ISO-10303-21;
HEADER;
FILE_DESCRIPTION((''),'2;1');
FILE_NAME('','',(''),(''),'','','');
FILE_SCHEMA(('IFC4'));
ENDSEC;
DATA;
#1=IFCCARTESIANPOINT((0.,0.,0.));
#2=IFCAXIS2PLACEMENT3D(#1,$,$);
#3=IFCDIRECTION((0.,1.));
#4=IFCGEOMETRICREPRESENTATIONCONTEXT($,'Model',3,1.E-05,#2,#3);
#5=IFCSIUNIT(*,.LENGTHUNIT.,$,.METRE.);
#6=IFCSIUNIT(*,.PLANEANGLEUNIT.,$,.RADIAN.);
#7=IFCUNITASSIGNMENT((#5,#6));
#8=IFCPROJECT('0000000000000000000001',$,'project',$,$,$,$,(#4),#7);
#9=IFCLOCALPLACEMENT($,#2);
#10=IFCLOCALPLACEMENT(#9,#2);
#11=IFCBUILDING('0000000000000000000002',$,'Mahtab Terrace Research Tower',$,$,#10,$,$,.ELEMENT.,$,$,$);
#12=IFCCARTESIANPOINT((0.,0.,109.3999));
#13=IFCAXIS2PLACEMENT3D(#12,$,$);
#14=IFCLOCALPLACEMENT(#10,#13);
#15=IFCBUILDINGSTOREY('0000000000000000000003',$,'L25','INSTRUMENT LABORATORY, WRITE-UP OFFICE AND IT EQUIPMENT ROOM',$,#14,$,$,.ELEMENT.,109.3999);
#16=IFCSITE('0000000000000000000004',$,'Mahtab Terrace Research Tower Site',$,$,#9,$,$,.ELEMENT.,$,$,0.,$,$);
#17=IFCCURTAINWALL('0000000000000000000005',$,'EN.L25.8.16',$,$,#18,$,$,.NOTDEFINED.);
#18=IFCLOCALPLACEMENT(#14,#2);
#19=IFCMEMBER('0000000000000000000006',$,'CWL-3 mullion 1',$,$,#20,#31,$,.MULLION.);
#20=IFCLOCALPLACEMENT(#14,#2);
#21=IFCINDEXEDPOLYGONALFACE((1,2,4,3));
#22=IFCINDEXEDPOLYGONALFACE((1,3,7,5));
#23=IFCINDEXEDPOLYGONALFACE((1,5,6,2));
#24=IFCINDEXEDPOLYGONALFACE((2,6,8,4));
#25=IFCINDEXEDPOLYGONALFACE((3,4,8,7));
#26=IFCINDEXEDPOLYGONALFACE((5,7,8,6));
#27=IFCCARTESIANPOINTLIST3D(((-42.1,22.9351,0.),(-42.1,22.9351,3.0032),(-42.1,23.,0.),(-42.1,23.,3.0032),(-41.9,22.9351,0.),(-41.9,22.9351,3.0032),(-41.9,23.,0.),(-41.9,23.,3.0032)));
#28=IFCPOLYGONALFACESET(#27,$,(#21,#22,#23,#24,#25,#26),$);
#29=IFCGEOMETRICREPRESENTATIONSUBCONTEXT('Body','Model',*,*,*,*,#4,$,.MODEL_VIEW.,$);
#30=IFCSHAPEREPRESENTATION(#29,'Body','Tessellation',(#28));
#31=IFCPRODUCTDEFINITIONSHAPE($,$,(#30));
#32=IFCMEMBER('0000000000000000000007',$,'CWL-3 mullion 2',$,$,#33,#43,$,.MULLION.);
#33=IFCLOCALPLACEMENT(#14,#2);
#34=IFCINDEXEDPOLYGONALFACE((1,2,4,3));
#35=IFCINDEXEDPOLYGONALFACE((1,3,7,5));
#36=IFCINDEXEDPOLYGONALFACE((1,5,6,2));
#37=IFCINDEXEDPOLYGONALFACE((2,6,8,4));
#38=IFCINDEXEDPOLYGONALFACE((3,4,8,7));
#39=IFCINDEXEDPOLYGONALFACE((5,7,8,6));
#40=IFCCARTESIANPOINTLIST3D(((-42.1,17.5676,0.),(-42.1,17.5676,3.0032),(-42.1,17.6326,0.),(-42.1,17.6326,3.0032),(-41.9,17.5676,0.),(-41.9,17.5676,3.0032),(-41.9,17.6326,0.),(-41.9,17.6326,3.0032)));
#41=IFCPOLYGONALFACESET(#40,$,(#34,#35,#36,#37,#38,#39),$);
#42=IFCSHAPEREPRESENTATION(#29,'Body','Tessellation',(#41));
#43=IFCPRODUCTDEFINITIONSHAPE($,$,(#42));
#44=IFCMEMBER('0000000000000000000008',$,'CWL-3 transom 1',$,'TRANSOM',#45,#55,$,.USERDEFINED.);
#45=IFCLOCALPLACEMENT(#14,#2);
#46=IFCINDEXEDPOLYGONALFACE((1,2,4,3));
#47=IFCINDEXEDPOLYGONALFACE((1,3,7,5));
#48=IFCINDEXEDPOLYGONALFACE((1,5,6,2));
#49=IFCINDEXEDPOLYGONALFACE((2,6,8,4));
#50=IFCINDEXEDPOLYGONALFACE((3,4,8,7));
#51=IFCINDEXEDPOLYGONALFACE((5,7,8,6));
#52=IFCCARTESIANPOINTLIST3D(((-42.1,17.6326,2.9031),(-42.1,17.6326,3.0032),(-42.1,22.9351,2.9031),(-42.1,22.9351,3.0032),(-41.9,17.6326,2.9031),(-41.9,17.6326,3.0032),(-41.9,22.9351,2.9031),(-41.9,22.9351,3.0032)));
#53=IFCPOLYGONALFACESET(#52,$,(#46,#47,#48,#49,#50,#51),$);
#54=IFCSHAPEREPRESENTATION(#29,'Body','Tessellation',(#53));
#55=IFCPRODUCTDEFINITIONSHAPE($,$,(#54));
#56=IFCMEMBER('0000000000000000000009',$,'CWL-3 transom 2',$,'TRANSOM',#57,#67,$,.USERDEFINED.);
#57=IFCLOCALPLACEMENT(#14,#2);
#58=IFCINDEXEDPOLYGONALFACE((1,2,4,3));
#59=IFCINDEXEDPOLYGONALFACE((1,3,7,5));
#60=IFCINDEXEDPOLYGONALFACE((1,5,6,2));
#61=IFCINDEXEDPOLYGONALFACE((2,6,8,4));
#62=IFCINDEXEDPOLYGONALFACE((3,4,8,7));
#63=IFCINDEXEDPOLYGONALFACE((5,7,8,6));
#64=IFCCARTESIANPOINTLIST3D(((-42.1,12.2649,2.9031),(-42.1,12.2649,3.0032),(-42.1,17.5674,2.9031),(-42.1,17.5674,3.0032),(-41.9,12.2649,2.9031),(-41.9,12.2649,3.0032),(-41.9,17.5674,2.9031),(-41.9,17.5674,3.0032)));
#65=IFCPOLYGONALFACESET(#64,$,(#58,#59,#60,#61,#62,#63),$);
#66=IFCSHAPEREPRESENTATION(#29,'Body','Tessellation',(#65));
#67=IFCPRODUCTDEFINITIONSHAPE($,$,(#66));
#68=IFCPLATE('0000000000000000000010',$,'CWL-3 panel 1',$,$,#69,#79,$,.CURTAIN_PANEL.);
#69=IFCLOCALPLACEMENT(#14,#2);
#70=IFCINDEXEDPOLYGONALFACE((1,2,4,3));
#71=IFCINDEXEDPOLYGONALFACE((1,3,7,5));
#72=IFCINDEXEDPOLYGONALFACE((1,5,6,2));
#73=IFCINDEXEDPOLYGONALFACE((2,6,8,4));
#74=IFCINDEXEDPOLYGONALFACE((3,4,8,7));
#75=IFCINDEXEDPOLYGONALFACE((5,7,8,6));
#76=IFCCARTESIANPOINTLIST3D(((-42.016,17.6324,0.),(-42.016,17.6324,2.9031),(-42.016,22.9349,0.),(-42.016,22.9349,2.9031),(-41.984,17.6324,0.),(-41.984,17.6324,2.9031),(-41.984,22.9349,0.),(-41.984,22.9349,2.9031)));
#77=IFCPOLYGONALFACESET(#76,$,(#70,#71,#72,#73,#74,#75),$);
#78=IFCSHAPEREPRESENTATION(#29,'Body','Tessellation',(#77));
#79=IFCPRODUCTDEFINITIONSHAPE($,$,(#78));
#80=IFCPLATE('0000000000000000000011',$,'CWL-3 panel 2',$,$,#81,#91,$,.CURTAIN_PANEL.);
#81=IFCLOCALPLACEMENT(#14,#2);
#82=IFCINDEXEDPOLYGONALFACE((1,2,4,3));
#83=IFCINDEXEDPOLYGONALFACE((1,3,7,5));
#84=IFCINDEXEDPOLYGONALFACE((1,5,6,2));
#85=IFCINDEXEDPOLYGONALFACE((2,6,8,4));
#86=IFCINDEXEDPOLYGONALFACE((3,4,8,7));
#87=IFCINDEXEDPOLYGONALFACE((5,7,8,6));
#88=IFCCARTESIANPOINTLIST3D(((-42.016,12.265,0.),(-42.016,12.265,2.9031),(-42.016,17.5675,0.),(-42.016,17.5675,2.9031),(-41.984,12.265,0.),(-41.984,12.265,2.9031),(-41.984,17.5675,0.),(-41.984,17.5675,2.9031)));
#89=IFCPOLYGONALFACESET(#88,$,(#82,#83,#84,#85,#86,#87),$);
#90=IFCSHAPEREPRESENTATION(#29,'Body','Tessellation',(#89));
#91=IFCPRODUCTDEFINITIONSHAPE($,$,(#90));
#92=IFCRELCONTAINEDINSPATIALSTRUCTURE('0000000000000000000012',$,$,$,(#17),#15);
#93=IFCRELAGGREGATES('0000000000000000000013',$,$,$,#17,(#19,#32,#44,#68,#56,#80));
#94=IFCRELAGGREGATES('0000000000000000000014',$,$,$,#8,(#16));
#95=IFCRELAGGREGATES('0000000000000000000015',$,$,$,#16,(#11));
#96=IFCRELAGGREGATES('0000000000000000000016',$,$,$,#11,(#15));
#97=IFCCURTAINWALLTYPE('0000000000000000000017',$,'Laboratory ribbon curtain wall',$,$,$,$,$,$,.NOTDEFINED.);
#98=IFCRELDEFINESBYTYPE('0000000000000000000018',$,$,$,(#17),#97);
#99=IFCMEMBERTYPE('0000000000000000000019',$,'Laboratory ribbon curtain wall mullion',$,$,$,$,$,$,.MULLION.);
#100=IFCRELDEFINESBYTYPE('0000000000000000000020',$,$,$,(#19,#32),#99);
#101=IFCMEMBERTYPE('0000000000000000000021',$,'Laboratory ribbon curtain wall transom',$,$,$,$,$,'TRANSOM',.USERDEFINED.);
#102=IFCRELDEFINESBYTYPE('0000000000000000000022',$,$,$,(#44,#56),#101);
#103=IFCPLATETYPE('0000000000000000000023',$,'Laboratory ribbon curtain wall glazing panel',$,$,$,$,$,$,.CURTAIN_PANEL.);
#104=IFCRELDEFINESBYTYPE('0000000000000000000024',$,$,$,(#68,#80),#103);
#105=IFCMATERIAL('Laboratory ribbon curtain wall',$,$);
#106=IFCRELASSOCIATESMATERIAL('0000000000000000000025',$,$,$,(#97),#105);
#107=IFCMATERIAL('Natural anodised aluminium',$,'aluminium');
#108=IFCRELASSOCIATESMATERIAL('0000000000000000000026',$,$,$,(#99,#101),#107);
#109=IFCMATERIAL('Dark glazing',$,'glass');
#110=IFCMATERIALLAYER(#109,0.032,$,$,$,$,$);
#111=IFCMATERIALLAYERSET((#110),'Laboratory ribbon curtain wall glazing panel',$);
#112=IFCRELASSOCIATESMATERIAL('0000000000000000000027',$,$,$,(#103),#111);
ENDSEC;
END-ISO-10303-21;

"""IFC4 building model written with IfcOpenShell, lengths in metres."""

from ifc_helpers import new_model, si_unit, direction, frame, origin, origin_2d, place, context, subcontext, project, spatial, rectangle, extrude, material, layer, layer_set, material_profile, profile_set, type_object, element, aggregate, save


model = new_model("IFC4")

# Units and contexts
model_context = context("Model", 3, precision=1e-05, world=origin(), true_north=direction((0.0, 1.0)))
body_context = subcontext(model_context, "Body", "Model", "MODEL_VIEW")
ifc_project = project(units=[si_unit("LENGTHUNIT", "METRE"), si_unit("PLANEANGLEUNIT", "RADIAN")], contexts=[model_context])

# Site, building, storey
site_placement = place(None, origin())
site = spatial("IfcSite", under=ifc_project, at=site_placement, Name="Mahtab Terrace Research Tower Site", CompositionType="ELEMENT", RefElevation=0.0)
building_placement = place(site_placement, origin())
building = spatial("IfcBuilding", under=site, at=building_placement, Name="Mahtab Terrace Research Tower", CompositionType="ELEMENT")
storey_placement = place(building_placement, frame((0.0, 0.0, 109.3999)))
storey = spatial("IfcBuildingStorey", under=building, at=storey_placement, Name="L25", Description="INSTRUMENT LABORATORY, WRITE-UP OFFICE AND IT EQUIPMENT ROOM", CompositionType="ELEMENT", Elevation=109.3999)

# Curtain wall, members, plates
ifc_material_1 = material(Name="Laboratory ribbon curtain wall")
curtain_wall_type = type_object("IfcCurtainWallType", Name="Laboratory ribbon curtain wall", PredefinedType="NOTDEFINED", material=ifc_material_1)
curtain_wall_placement = place(storey_placement, origin())
curtain_wall = element("IfcCurtainWall", 1, at=curtain_wall_placement, inside=storey, type_object=curtain_wall_type, Name="EN.L25.8.16", PredefinedType="NOTDEFINED")
ifc_material_2 = material(Name="Natural anodised aluminium", Category="aluminium")
ifc_material_profile_1 = material_profile(ifc_material_2, rectangle(XDim=0.2, YDim=0.0649, at=origin_2d()), Name="MULLION 65x200")
ifc_profile_set_1 = profile_set([ifc_material_profile_1], Name="Natural anodised aluminium")
member_type_1 = type_object("IfcMemberType", Name="Laboratory ribbon curtain wall mullion", PredefinedType="MULLION", material=ifc_profile_set_1)
member_1_placement = place(storey_placement, frame((-42.0, 22.9675, 0.0), z_axis=(0.0, 0.0, 1.0), x_axis=(1.0, 0.0, 0.0)))
member_1 = element("IfcMember", 2, at=member_1_placement, type_object=member_type_1, Name="CWL-3 mullion 1", PredefinedType="MULLION", context=body_context, shape_type="SweptSolid", body=[
    extrude(rectangle(XDim=0.2, YDim=0.0649, at=origin_2d()), origin(), (0.0, 0.0, 1.0), 3.0032),
])
member_2_placement = place(storey_placement, frame((-42.0, 17.6001, 0.0), z_axis=(0.0, 0.0, 1.0), x_axis=(1.0, 0.0, 0.0)))
member_2 = element("IfcMember", 3, at=member_2_placement, type_object=member_type_1, Name="CWL-3 mullion 2", PredefinedType="MULLION", context=body_context, shape_type="SweptSolid", body=[
    extrude(rectangle(XDim=0.2, YDim=0.0649, at=origin_2d()), origin(), (0.0, 0.0, 1.0), 3.0032),
])
ifc_material_profile_2 = material_profile(ifc_material_2, rectangle(XDim=0.2, YDim=0.1001, at=origin_2d()), Name="TRANSOM 100x200")
ifc_profile_set_2 = profile_set([ifc_material_profile_2], Name="Natural anodised aluminium")
member_type_2 = type_object("IfcMemberType", Name="Laboratory ribbon curtain wall transom", ElementType="TRANSOM", PredefinedType="USERDEFINED", material=ifc_profile_set_2)
member_3_placement = place(storey_placement, frame((-42.0, 22.9351, 2.9531), z_axis=(0.0, -1.0, 0.0), x_axis=(1.0, 0.0, 0.0)))
member_3 = element("IfcMember", 4, at=member_3_placement, type_object=member_type_2, Name="CWL-3 transom 1", ObjectType="TRANSOM", PredefinedType="USERDEFINED", context=body_context, shape_type="SweptSolid", body=[
    extrude(rectangle(XDim=0.2, YDim=0.1001, at=origin_2d()), origin(), (0.0, 0.0, 1.0), 5.3025),
])
member_4_placement = place(storey_placement, frame((-42.0, 17.5674, 2.9531), z_axis=(0.0, -1.0, 0.0), x_axis=(1.0, 0.0, 0.0)))
member_4 = element("IfcMember", 5, at=member_4_placement, type_object=member_type_2, Name="CWL-3 transom 2", ObjectType="TRANSOM", PredefinedType="USERDEFINED", context=body_context, shape_type="SweptSolid", body=[
    extrude(rectangle(XDim=0.2, YDim=0.1001, at=origin_2d()), origin(), (0.0, 0.0, 1.0), 5.3025),
])
ifc_material_3 = material(Name="Dark glazing", Category="glass")
ifc_layer = layer(ifc_material_3, 0.032)
ifc_layer_set = layer_set([ifc_layer], Name="Laboratory ribbon curtain wall glazing panel")
plate_type = type_object("IfcPlateType", Name="Laboratory ribbon curtain wall glazing panel", PredefinedType="CURTAIN_PANEL", material=ifc_layer_set)
plate_1_placement = place(storey_placement, frame((-42.0, 20.2837, 0.0), z_axis=(0.0, 0.0, 1.0), x_axis=(0.0, -1.0, 0.0)))
plate_1 = element("IfcPlate", 6, at=plate_1_placement, type_object=plate_type, Name="CWL-3 panel 1", PredefinedType="CURTAIN_PANEL", context=body_context, shape_type="SweptSolid", body=[
    extrude(rectangle(XDim=5.3025, YDim=0.032, at=origin_2d()), origin(), (0.0, 0.0, 1.0), 2.9031),
])
plate_2_placement = place(storey_placement, frame((-42.0, 14.9163, 0.0), z_axis=(0.0, 0.0, 1.0), x_axis=(0.0, -1.0, 0.0)))
plate_2 = element("IfcPlate", 7, at=plate_2_placement, type_object=plate_type, Name="CWL-3 panel 2", PredefinedType="CURTAIN_PANEL", context=body_context, shape_type="SweptSolid", body=[
    extrude(rectangle(XDim=5.3025, YDim=0.032, at=origin_2d()), origin(), (0.0, 0.0, 1.0), 2.9031),
])
aggregate(curtain_wall, [member_1, member_2, member_3, plate_1, member_4, plate_2])

save(model, "model.ifc")
